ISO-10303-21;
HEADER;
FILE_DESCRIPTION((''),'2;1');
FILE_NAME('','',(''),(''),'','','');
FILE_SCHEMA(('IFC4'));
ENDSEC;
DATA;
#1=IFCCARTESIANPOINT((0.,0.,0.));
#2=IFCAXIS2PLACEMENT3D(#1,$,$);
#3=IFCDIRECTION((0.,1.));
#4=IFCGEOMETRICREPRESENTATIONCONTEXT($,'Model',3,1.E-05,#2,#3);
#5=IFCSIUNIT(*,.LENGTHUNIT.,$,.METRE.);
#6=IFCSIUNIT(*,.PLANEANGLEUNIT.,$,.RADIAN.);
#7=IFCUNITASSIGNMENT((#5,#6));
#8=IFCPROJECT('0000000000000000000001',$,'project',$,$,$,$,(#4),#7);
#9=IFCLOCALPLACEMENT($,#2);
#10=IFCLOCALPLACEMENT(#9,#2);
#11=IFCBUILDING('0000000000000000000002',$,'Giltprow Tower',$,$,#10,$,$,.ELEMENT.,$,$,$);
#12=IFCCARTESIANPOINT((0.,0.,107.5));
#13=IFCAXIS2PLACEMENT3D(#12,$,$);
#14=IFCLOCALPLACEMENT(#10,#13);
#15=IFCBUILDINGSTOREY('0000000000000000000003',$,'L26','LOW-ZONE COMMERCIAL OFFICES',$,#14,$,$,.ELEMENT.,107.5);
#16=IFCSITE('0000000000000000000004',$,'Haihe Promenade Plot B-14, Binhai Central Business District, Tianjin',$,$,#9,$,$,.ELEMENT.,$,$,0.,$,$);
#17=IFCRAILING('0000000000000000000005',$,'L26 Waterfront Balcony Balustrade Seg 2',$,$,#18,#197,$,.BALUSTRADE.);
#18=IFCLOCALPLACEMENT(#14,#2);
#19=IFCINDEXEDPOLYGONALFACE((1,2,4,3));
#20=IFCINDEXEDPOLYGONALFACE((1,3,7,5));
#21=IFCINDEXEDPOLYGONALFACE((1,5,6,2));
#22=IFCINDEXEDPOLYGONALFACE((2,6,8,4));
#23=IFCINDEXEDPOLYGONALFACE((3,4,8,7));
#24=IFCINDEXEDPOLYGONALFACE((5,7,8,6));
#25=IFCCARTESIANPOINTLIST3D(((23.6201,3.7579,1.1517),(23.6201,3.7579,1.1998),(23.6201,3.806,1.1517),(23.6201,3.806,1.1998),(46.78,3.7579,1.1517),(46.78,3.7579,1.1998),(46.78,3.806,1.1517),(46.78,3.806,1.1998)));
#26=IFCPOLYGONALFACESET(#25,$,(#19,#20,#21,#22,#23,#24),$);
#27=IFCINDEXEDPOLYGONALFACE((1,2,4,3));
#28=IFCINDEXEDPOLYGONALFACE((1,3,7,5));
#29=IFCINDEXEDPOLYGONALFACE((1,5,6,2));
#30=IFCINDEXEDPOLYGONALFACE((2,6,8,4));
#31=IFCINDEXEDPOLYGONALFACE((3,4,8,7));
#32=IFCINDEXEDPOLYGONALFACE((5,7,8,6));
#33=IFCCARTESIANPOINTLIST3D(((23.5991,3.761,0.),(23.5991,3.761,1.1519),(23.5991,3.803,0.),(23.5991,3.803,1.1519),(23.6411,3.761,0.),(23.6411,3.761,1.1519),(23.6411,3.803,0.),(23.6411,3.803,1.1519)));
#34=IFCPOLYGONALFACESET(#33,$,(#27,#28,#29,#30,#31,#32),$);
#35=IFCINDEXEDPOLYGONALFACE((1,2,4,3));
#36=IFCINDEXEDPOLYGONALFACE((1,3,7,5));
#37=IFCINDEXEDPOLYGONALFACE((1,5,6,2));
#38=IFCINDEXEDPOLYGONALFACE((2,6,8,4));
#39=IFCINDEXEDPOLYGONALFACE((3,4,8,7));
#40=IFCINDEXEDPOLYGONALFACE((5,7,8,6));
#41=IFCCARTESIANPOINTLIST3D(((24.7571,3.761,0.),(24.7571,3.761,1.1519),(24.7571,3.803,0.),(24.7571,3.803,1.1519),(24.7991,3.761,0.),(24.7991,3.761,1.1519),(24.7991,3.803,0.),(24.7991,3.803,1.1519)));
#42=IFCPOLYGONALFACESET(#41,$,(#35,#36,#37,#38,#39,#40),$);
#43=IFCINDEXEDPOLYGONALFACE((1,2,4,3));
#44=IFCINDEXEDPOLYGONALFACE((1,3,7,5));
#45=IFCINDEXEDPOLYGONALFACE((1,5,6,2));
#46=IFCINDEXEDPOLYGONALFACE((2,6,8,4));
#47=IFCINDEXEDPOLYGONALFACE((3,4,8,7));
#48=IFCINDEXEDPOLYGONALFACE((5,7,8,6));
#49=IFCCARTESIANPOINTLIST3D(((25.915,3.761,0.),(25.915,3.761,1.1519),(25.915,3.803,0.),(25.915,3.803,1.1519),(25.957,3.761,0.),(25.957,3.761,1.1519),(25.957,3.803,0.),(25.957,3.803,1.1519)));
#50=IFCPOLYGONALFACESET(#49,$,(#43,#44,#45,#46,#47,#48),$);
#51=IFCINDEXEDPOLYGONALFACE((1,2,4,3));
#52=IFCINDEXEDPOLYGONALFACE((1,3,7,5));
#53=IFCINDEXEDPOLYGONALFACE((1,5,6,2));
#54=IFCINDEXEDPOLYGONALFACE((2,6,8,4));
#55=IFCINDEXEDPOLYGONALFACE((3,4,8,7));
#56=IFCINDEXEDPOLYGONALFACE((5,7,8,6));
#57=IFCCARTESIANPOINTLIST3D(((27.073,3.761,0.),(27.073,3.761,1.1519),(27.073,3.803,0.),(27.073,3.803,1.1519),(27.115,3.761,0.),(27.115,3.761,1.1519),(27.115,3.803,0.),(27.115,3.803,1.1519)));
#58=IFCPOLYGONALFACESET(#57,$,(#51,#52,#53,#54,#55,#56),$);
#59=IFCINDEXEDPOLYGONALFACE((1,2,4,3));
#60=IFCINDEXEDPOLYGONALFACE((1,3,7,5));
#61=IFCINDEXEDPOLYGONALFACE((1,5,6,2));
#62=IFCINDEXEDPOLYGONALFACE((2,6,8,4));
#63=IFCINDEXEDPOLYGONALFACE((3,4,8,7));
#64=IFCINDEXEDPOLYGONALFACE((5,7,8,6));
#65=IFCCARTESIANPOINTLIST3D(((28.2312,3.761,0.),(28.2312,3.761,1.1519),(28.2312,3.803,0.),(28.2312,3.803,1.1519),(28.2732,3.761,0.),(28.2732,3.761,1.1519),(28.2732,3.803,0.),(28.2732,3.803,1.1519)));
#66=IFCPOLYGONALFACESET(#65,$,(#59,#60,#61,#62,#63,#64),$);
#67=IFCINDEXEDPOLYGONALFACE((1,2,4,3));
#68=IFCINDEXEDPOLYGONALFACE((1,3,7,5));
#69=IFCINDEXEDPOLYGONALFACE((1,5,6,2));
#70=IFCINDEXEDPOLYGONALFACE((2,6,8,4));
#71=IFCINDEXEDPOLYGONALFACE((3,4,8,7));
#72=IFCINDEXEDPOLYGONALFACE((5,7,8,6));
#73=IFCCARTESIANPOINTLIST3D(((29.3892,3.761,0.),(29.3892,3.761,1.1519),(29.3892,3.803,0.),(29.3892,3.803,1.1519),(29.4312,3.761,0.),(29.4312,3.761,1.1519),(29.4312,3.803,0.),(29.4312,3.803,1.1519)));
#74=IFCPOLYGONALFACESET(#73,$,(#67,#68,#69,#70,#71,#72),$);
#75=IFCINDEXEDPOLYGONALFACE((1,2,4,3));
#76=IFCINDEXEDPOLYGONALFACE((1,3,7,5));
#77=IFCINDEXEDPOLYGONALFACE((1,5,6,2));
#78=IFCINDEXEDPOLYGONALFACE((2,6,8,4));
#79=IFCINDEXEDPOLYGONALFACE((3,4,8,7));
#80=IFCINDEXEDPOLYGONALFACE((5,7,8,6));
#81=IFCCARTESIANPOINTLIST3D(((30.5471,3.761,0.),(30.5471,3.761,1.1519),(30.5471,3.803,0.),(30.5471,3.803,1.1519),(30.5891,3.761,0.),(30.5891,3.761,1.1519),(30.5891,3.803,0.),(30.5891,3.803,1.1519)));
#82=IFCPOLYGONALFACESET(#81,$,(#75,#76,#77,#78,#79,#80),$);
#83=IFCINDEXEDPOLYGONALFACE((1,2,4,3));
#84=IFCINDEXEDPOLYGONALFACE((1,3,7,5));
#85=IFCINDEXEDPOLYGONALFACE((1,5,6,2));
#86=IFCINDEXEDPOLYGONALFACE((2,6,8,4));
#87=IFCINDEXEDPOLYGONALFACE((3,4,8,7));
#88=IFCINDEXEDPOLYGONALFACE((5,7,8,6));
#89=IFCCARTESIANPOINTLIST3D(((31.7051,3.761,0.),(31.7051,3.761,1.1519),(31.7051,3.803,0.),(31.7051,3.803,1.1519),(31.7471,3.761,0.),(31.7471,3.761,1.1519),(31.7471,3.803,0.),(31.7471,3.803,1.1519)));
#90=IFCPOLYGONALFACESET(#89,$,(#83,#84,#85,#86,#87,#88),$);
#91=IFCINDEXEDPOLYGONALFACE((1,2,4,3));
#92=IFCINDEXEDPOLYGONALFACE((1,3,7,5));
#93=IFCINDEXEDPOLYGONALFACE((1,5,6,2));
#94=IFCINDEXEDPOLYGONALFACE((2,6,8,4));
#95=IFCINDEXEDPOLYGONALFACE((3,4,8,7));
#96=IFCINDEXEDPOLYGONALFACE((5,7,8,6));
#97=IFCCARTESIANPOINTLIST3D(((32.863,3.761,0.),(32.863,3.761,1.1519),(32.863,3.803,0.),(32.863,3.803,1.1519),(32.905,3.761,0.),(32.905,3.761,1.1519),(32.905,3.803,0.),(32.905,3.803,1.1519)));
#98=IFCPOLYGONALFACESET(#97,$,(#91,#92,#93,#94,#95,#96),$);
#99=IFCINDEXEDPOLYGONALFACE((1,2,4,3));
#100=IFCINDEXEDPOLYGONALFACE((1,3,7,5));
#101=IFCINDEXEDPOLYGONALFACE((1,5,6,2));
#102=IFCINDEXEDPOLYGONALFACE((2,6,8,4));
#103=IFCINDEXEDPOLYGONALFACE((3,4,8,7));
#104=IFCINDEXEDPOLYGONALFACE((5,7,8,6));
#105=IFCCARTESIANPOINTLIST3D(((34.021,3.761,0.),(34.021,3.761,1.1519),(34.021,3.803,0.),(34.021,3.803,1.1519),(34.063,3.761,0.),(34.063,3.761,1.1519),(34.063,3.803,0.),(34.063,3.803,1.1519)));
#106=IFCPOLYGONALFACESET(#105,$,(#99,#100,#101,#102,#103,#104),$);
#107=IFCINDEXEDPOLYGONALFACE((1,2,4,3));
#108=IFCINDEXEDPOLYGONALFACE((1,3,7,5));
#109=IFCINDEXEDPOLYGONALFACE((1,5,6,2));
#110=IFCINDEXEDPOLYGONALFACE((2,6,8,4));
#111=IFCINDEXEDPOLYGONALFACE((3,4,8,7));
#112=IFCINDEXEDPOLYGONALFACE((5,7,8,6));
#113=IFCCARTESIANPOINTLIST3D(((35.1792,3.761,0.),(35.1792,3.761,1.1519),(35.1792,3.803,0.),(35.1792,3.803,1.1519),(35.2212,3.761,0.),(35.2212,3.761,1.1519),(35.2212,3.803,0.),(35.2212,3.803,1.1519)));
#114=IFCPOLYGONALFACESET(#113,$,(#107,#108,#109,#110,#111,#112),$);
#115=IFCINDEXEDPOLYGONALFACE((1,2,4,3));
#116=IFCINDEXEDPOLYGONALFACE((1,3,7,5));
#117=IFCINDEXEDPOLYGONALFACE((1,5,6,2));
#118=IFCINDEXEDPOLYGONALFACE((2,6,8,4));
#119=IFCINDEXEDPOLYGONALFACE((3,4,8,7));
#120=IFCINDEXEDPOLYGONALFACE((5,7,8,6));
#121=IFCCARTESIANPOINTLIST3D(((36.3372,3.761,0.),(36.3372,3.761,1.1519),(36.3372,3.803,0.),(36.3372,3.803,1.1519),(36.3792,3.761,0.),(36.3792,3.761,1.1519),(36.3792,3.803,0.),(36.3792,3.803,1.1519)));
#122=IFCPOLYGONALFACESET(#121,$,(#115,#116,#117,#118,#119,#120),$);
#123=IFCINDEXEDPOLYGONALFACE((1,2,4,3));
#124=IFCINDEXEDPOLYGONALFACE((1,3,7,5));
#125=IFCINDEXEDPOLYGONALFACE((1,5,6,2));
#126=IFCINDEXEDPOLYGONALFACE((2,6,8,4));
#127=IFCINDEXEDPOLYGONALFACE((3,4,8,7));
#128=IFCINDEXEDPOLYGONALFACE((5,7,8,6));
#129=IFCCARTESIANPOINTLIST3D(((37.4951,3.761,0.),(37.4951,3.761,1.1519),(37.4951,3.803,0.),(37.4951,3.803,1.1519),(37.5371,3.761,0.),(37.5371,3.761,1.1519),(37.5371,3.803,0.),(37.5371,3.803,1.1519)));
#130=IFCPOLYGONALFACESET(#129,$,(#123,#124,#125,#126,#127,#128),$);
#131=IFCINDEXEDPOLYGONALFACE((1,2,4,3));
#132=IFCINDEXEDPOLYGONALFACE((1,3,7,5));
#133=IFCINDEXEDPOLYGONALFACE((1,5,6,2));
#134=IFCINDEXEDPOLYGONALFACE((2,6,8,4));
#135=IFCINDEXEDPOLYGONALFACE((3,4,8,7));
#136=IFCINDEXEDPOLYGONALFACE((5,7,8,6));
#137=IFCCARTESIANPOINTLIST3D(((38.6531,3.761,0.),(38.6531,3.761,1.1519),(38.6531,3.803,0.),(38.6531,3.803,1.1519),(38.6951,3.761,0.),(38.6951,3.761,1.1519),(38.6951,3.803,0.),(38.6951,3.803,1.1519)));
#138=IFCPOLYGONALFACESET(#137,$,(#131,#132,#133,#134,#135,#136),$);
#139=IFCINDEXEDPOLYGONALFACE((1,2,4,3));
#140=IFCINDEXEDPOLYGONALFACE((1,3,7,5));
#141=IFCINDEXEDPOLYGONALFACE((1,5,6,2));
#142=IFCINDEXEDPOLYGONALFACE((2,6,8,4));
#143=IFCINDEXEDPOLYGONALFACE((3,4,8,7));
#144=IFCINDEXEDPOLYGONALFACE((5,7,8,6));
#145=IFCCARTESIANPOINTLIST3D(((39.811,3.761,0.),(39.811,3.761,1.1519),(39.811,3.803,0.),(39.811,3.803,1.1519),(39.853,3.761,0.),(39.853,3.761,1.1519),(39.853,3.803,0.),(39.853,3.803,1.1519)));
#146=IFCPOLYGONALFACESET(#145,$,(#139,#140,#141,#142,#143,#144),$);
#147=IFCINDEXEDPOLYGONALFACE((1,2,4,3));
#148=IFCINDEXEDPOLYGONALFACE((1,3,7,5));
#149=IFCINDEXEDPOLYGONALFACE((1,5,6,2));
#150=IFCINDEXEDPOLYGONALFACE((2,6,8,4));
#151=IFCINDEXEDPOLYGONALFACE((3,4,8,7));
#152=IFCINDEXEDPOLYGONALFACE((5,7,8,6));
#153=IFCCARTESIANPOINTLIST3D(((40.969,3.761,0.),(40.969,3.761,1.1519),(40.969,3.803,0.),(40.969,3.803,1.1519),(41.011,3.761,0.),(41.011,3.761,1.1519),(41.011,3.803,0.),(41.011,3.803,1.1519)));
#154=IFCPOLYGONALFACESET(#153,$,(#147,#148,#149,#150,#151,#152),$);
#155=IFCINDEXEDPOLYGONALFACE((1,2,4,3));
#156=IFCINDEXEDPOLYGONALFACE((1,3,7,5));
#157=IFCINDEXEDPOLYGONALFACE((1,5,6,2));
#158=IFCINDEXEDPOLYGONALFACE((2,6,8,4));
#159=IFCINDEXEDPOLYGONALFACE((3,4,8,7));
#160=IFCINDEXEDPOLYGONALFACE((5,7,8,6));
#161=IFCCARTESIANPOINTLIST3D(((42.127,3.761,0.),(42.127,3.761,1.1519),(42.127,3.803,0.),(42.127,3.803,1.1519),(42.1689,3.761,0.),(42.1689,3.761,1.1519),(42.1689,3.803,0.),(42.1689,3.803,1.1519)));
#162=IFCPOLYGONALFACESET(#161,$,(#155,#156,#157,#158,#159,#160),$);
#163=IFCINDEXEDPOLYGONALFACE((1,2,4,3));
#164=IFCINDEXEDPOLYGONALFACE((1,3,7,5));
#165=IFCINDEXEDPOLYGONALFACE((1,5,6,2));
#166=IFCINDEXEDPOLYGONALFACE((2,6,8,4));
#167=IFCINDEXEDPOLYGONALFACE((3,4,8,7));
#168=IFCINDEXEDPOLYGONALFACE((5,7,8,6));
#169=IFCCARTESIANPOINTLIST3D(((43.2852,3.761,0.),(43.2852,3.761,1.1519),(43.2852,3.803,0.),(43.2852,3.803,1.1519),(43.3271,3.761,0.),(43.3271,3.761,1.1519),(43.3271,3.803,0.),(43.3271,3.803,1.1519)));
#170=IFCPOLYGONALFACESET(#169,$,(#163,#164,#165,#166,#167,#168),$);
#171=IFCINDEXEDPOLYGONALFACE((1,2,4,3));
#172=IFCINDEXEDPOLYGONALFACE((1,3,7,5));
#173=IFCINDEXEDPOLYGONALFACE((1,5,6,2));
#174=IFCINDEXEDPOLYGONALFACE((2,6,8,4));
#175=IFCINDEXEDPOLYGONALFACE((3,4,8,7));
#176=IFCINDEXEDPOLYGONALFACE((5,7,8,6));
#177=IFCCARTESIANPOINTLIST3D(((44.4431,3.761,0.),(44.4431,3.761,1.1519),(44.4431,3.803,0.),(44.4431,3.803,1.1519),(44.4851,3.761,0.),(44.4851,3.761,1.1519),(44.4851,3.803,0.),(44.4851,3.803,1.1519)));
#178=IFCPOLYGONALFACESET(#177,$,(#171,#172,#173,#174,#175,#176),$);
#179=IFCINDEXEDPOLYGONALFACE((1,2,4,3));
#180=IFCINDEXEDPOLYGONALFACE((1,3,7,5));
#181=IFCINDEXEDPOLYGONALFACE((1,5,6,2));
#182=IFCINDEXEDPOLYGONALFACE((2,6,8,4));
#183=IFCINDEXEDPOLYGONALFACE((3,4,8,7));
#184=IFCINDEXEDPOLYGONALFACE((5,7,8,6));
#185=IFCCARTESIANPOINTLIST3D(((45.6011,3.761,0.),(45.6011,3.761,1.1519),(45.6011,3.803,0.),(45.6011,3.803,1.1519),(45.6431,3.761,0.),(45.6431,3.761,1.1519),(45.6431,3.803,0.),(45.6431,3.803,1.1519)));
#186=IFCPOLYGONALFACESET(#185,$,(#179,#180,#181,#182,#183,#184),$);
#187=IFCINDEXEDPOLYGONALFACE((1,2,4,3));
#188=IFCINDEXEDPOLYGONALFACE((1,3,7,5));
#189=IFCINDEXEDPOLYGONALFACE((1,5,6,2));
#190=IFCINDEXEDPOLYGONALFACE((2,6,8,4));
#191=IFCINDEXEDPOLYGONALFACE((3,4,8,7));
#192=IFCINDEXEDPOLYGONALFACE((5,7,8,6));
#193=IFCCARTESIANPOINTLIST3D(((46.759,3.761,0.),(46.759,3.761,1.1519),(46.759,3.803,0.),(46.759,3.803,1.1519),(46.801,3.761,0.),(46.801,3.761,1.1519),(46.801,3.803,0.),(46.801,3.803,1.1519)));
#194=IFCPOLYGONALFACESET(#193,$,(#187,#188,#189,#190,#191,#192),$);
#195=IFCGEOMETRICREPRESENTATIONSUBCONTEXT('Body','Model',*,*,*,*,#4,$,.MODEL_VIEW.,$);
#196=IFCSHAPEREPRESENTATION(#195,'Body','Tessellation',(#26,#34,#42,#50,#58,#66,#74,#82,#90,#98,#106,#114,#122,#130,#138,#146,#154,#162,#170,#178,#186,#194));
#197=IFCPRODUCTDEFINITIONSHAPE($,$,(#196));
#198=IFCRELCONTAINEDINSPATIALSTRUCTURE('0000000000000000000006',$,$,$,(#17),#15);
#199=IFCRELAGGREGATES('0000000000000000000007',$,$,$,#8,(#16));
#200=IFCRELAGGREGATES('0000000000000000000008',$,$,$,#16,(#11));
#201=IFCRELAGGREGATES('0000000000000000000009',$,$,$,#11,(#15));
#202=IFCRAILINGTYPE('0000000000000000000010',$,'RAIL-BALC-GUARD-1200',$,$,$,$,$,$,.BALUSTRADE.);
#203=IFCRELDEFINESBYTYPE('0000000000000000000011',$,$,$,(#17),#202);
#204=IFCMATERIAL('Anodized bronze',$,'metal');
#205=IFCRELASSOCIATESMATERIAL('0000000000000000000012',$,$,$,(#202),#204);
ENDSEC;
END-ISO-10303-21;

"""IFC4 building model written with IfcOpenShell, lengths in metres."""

from ifc_helpers import new_model, si_unit, direction, frame, origin, origin_2d, place, context, subcontext, project, spatial, rectangle, extrude, material, type_object, element, save


model = new_model("IFC4")

# Units and contexts
model_context = context("Model", 3, precision=1e-05, world=origin(), true_north=direction((0.0, 1.0)))
body_context = subcontext(model_context, "Body", "Model", "MODEL_VIEW")
ifc_project = project(units=[si_unit("LENGTHUNIT", "METRE"), si_unit("PLANEANGLEUNIT", "RADIAN")], contexts=[model_context])

# Site, building, storey
site_placement = place(None, origin())
site = spatial("IfcSite", under=ifc_project, at=site_placement, Name="Haihe Promenade Plot B-14, Binhai Central Business District, Tianjin", CompositionType="ELEMENT", RefElevation=0.0)
building_placement = place(site_placement, origin())
building = spatial("IfcBuilding", under=site, at=building_placement, Name="Giltprow Tower", CompositionType="ELEMENT")
storey_placement = place(building_placement, frame((0.0, 0.0, 107.5)))
storey = spatial("IfcBuildingStorey", under=building, at=storey_placement, Name="L26", Description="LOW-ZONE COMMERCIAL OFFICES", CompositionType="ELEMENT", Elevation=107.5)

# Railing
ifc_material_1 = material(Name="Anodized bronze", Category="metal")
railing_type = type_object("IfcRailingType", Name="RAIL-BALC-GUARD-1200", PredefinedType="BALUSTRADE", material=ifc_material_1)
railing_1_placement = place(storey_placement, frame((23.6201, 3.782, 0.0)))
element("IfcRailing", 1, at=railing_1_placement, inside=storey, type_object=railing_type, Name="L26 Waterfront Balcony Balustrade Seg 2", PredefinedType="BALUSTRADE", context=body_context, shape_type="SweptSolid", body=[
    extrude(rectangle(XDim=0.0481, YDim=0.0481, at=origin_2d()), frame((0.0, 0.0, 1.1758), z_axis=(1.0, 0.0, 0.0), x_axis=(0.0, 1.0, 0.0)), (0.0, 0.0, 1.0), 23.1599),
    extrude(rectangle(XDim=0.042, YDim=0.042, at=origin_2d()), origin(), (0.0, 0.0, 1.0), 1.1519),
    extrude(rectangle(XDim=0.042, YDim=0.042, at=origin_2d()), frame((1.158, 0.0, 0.0)), (0.0, 0.0, 1.0), 1.1519),
    extrude(rectangle(XDim=0.042, YDim=0.042, at=origin_2d()), frame((2.3159, 0.0, 0.0)), (0.0, 0.0, 1.0), 1.1519),
    extrude(rectangle(XDim=0.042, YDim=0.042, at=origin_2d()), frame((3.4739, 0.0, 0.0)), (0.0, 0.0, 1.0), 1.1519),
    extrude(rectangle(XDim=0.042, YDim=0.042, at=origin_2d()), frame((4.6321, 0.0, 0.0)), (0.0, 0.0, 1.0), 1.1519),
    extrude(rectangle(XDim=0.042, YDim=0.042, at=origin_2d()), frame((5.79, 0.0, 0.0)), (0.0, 0.0, 1.0), 1.1519),
    extrude(rectangle(XDim=0.042, YDim=0.042, at=origin_2d()), frame((6.948, 0.0, 0.0)), (0.0, 0.0, 1.0), 1.1519),
    extrude(rectangle(XDim=0.042, YDim=0.042, at=origin_2d()), frame((8.106, 0.0, 0.0)), (0.0, 0.0, 1.0), 1.1519),
    extrude(rectangle(XDim=0.042, YDim=0.042, at=origin_2d()), frame((9.2639, 0.0, 0.0)), (0.0, 0.0, 1.0), 1.1519),
    extrude(rectangle(XDim=0.042, YDim=0.042, at=origin_2d()), frame((10.4219, 0.0, 0.0)), (0.0, 0.0, 1.0), 1.1519),
    extrude(rectangle(XDim=0.042, YDim=0.042, at=origin_2d()), frame((11.5801, 0.0, 0.0)), (0.0, 0.0, 1.0), 1.1519),
    extrude(rectangle(XDim=0.042, YDim=0.042, at=origin_2d()), frame((12.738, 0.0, 0.0)), (0.0, 0.0, 1.0), 1.1519),
    extrude(rectangle(XDim=0.042, YDim=0.042, at=origin_2d()), frame((13.896, 0.0, 0.0)), (0.0, 0.0, 1.0), 1.1519),
    extrude(rectangle(XDim=0.042, YDim=0.042, at=origin_2d()), frame((15.054, 0.0, 0.0)), (0.0, 0.0, 1.0), 1.1519),
    extrude(rectangle(XDim=0.042, YDim=0.042, at=origin_2d()), frame((16.2119, 0.0, 0.0)), (0.0, 0.0, 1.0), 1.1519),
    extrude(rectangle(XDim=0.042, YDim=0.042, at=origin_2d()), frame((17.3699, 0.0, 0.0)), (0.0, 0.0, 1.0), 1.1519),
    extrude(rectangle(XDim=0.042, YDim=0.042, at=origin_2d()), frame((18.5278, 0.0, 0.0)), (0.0, 0.0, 1.0), 1.1519),
    extrude(rectangle(XDim=0.042, YDim=0.042, at=origin_2d()), frame((19.686, 0.0, 0.0)), (0.0, 0.0, 1.0), 1.1519),
    extrude(rectangle(XDim=0.042, YDim=0.042, at=origin_2d()), frame((20.844, 0.0, 0.0)), (0.0, 0.0, 1.0), 1.1519),
    extrude(rectangle(XDim=0.042, YDim=0.042, at=origin_2d()), frame((22.002, 0.0, 0.0)), (0.0, 0.0, 1.0), 1.1519),
    extrude(rectangle(XDim=0.042, YDim=0.042, at=origin_2d()), frame((23.1599, 0.0, 0.0)), (0.0, 0.0, 1.0), 1.1519),
])

save(model, "model.ifc")
